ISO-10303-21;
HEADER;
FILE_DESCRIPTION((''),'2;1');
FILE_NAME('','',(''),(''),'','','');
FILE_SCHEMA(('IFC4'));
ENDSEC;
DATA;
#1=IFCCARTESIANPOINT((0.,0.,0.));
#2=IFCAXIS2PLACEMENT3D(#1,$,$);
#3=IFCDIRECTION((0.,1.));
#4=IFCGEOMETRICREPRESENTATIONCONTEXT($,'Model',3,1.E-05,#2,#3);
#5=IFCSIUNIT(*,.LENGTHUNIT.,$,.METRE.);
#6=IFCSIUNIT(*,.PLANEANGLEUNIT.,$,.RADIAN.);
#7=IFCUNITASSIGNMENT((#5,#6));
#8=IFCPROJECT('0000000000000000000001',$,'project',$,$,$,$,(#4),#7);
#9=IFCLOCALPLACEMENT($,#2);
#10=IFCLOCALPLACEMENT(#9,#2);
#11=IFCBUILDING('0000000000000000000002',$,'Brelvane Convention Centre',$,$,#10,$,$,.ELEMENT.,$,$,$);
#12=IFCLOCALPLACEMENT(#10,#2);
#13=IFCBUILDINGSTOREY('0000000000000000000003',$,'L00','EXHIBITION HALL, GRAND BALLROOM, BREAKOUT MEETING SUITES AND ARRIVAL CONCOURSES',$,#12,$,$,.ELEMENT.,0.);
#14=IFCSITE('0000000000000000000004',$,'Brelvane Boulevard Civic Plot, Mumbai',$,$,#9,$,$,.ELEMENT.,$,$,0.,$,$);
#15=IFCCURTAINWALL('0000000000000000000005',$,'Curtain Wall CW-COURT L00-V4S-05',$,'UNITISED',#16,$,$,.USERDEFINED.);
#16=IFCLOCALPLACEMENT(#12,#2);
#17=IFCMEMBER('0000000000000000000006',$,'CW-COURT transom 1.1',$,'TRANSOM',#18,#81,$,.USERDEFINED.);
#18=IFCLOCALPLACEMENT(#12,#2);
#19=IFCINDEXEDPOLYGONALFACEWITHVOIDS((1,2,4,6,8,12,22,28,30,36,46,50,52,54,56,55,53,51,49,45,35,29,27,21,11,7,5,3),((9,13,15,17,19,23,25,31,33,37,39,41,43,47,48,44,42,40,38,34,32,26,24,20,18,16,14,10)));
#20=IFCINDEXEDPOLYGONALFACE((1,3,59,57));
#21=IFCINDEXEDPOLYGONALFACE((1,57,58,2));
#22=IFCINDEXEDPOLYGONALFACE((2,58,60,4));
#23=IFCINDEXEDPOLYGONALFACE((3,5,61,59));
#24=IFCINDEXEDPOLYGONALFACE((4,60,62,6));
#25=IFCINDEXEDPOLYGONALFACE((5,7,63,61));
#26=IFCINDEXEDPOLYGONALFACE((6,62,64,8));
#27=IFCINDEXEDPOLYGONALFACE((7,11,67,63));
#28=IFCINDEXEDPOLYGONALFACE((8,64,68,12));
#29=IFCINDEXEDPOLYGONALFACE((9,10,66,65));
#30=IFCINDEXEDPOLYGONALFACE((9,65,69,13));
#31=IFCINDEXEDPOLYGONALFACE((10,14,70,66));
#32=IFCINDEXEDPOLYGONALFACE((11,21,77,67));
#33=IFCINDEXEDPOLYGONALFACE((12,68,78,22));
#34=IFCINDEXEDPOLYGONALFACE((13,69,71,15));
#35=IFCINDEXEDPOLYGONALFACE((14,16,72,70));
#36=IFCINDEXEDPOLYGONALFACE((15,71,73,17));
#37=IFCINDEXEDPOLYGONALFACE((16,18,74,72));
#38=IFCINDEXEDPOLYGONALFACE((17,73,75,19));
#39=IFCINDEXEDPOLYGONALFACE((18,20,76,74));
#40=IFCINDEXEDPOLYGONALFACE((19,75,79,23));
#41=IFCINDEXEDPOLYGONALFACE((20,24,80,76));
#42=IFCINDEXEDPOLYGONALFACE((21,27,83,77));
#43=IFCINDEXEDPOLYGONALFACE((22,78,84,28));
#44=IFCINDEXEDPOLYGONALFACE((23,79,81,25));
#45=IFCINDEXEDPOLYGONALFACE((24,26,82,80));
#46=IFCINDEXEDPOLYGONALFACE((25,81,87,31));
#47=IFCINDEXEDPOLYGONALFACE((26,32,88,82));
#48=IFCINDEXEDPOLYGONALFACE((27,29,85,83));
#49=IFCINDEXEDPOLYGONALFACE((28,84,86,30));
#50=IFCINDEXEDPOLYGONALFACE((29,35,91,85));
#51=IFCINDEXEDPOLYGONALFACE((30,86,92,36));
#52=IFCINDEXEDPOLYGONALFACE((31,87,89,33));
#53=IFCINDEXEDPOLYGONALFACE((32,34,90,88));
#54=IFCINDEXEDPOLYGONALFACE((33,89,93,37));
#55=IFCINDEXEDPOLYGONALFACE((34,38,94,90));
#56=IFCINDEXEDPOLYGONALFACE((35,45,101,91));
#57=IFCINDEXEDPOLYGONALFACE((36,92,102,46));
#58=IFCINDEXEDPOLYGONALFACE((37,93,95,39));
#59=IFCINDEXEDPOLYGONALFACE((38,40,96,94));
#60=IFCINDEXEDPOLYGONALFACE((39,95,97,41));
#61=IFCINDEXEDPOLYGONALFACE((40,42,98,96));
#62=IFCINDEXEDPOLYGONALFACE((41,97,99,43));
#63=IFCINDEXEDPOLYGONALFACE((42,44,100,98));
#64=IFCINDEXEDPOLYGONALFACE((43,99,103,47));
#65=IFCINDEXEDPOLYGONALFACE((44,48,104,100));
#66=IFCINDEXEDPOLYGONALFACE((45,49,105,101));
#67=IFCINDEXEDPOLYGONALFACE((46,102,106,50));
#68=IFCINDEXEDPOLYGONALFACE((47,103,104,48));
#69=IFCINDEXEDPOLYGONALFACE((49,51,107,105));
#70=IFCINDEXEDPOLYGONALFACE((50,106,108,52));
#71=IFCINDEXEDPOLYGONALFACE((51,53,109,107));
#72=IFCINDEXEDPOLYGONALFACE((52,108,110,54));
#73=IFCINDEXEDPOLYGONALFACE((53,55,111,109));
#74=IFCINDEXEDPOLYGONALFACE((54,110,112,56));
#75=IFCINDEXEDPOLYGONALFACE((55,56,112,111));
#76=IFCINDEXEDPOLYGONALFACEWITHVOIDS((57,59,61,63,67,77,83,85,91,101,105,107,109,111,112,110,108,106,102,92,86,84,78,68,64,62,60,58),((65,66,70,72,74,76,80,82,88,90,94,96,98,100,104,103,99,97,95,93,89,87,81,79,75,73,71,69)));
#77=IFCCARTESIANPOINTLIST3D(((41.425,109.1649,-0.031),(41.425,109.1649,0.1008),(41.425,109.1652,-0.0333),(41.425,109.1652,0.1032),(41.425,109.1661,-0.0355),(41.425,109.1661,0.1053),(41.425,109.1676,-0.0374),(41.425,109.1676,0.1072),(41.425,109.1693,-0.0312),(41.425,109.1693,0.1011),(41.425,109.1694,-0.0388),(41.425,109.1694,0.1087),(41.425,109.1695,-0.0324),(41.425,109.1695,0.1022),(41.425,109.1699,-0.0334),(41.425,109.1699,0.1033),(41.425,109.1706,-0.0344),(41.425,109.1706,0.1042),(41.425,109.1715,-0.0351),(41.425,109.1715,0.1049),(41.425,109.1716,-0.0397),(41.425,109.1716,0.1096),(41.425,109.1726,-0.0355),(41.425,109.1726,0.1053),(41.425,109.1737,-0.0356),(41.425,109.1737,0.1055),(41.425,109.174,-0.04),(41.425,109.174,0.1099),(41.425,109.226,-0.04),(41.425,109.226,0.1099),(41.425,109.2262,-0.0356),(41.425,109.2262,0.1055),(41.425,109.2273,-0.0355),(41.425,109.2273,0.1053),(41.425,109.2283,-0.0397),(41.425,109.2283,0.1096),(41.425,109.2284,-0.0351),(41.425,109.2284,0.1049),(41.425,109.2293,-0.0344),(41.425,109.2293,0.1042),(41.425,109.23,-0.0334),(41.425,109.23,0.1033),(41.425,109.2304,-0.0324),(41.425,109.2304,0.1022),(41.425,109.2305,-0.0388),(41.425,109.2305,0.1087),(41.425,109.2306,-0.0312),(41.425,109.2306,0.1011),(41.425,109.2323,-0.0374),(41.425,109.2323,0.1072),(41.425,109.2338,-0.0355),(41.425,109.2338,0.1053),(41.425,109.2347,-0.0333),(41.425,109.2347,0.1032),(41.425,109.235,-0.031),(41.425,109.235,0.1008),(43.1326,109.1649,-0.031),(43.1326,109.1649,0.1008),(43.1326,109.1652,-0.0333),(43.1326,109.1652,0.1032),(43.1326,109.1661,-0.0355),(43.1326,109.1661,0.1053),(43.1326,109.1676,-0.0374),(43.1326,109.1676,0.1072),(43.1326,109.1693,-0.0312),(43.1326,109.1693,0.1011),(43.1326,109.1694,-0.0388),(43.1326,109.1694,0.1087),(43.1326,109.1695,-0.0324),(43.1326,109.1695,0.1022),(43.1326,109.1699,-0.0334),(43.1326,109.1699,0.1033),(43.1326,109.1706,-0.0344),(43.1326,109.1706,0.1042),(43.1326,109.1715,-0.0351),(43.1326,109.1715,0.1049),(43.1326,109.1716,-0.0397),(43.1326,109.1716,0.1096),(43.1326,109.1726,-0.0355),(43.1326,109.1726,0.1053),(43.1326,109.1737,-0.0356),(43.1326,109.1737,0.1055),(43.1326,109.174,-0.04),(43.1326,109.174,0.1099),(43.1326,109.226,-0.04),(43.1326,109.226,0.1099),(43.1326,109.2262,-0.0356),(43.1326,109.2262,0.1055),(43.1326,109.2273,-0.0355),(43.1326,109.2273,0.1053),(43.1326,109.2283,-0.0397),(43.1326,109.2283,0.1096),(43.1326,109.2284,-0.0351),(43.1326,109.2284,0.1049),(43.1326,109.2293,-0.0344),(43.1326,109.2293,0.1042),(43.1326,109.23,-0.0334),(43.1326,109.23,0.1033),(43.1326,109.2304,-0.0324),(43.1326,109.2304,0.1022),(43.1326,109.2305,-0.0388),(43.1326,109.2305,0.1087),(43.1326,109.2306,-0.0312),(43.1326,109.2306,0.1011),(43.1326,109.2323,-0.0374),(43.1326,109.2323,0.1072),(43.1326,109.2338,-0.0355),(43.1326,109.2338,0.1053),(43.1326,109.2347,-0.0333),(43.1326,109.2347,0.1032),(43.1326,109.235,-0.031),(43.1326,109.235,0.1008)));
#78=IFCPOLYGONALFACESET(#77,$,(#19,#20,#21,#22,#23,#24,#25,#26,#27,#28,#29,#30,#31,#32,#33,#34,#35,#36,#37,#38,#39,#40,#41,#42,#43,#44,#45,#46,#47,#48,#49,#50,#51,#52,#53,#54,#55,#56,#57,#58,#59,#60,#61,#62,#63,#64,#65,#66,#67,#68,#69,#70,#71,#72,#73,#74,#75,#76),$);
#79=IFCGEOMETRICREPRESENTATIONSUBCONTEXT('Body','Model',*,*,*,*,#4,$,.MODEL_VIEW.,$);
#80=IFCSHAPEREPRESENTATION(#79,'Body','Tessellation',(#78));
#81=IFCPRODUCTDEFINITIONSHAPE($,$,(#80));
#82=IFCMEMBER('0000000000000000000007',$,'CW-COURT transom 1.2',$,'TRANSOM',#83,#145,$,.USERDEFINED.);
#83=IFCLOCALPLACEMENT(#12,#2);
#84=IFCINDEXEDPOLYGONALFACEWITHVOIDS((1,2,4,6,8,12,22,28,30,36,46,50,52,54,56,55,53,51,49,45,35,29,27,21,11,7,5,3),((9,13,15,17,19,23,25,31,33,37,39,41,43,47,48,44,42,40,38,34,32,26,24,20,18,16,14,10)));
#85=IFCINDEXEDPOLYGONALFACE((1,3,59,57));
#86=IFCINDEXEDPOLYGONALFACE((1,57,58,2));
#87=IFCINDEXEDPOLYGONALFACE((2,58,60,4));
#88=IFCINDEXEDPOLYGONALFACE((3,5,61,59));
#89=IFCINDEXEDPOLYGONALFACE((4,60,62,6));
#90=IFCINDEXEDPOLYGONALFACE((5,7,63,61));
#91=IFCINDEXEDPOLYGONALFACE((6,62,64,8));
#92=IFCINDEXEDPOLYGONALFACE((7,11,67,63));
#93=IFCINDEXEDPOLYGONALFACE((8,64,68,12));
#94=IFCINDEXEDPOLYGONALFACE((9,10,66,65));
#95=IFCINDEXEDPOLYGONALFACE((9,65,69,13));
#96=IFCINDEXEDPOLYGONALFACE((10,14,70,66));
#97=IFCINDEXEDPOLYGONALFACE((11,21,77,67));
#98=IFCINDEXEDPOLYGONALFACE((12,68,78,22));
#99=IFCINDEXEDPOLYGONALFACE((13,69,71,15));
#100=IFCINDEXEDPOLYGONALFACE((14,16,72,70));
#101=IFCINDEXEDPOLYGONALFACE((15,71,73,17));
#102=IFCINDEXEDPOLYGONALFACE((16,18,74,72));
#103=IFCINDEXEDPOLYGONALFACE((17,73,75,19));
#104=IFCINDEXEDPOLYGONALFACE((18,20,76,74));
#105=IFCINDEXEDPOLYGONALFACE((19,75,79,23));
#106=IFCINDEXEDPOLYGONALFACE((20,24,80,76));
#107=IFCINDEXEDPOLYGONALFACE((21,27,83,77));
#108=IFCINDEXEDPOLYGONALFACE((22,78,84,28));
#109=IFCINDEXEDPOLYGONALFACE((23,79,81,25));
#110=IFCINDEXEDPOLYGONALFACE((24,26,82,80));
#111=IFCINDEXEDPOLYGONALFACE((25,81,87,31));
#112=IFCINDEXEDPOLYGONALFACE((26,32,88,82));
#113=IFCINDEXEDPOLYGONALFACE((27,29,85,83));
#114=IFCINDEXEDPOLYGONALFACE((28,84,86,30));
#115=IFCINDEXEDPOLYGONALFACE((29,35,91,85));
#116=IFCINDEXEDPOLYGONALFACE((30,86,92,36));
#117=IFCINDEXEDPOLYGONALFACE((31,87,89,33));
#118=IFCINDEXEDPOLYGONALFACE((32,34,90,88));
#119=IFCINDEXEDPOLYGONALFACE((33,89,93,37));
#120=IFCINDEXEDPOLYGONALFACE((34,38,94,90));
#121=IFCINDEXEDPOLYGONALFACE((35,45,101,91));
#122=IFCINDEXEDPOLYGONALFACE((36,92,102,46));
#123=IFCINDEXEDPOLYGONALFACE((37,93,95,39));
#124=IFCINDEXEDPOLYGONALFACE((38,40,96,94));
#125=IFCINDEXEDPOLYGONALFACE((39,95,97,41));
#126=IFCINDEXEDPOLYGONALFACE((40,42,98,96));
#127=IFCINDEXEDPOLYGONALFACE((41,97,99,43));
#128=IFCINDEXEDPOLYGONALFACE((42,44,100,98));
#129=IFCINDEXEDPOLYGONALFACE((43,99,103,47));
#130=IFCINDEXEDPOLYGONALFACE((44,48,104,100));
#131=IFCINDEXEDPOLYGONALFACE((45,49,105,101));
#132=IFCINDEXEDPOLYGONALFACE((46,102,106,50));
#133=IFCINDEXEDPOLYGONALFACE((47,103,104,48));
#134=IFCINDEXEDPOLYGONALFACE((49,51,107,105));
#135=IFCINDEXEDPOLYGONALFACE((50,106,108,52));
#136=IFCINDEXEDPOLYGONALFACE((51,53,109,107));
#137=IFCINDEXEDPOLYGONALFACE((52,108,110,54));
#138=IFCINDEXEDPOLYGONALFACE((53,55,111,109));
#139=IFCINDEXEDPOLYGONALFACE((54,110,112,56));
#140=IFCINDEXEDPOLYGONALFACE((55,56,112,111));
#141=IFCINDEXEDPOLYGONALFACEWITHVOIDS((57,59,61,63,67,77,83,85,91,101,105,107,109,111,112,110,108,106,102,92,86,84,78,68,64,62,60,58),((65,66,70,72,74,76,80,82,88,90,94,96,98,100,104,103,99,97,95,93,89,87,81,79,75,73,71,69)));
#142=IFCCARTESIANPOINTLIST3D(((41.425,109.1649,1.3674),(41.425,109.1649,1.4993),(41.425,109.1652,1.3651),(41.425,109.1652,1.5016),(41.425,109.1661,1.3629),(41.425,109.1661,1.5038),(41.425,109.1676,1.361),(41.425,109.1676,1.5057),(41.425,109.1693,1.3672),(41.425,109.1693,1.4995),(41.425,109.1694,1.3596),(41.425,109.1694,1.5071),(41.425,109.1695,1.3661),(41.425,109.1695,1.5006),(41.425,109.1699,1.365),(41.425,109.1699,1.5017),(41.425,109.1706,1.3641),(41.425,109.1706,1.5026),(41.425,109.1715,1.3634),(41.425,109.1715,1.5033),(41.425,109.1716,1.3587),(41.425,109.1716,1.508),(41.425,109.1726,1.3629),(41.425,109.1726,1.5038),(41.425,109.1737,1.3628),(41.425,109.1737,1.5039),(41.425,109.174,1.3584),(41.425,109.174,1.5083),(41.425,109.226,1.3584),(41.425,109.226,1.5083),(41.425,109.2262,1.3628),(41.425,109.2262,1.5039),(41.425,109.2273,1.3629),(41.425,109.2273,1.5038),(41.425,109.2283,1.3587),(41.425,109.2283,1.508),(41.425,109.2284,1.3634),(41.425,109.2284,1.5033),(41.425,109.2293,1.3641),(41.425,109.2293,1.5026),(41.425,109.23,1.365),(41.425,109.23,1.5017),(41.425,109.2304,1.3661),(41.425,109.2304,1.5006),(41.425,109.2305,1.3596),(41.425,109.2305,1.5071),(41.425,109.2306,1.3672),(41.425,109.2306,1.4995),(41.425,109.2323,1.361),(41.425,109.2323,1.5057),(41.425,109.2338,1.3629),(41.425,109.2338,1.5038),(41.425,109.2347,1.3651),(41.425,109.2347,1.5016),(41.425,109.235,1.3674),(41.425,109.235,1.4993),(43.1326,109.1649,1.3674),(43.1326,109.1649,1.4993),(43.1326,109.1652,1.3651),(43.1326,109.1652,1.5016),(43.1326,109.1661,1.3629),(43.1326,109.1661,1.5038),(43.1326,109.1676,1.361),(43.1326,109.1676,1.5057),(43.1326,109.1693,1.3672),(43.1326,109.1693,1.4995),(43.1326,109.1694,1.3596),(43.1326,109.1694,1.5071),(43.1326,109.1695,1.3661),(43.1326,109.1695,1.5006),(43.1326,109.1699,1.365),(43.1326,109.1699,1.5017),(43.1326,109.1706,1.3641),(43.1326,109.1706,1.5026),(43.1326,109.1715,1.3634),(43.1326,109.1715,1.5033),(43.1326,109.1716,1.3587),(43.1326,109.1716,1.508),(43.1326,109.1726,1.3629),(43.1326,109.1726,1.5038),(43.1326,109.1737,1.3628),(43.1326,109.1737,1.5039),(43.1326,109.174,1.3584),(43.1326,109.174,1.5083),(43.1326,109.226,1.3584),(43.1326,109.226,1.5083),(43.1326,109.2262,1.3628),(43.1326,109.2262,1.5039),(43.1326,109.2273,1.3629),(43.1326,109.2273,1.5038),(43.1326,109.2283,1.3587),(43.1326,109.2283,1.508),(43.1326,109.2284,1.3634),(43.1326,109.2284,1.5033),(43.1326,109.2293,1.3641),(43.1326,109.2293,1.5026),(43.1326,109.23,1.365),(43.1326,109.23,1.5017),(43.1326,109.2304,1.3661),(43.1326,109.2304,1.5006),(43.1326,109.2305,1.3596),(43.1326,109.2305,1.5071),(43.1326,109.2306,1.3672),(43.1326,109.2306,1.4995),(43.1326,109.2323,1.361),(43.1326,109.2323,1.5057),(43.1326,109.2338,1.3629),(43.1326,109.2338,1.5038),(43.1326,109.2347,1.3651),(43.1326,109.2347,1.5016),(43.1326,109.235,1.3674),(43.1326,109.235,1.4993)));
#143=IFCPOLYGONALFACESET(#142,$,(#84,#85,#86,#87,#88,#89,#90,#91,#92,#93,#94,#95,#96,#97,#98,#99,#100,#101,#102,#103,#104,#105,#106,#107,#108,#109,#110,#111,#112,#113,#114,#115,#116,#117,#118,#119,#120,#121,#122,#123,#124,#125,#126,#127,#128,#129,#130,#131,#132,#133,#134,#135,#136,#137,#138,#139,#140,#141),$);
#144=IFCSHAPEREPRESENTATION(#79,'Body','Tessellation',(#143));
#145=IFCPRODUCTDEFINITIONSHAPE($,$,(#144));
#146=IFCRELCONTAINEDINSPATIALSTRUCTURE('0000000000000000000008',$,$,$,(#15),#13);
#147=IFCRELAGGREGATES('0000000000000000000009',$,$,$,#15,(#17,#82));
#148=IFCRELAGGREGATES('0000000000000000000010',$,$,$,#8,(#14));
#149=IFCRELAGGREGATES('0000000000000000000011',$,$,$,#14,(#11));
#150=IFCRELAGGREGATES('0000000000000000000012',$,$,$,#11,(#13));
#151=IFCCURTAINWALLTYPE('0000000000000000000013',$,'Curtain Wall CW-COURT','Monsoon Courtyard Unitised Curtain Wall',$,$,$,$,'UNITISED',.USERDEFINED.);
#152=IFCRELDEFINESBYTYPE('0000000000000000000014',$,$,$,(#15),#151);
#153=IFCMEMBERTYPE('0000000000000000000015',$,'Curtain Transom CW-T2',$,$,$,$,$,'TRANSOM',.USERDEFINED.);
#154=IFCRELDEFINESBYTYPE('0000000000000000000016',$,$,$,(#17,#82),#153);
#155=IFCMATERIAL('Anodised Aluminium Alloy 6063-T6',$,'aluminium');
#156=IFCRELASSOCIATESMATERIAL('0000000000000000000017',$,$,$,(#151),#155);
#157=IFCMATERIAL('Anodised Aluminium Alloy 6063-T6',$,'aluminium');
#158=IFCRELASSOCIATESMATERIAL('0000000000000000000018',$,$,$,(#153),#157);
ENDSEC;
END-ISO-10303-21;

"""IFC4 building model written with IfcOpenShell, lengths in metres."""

from ifc_helpers import new_model, si_unit, direction, frame, origin, origin_2d, place, context, subcontext, project, spatial, hollow_rectangle, extrude, material, material_profile, profile_set, type_object, element, aggregate, save


model = new_model("IFC4")

# Units and contexts
model_context = context("Model", 3, precision=1e-05, world=origin(), true_north=direction((0.0, 1.0)))
body_context = subcontext(model_context, "Body", "Model", "MODEL_VIEW")
ifc_project = project(units=[si_unit("LENGTHUNIT", "METRE"), si_unit("PLANEANGLEUNIT", "RADIAN")], contexts=[model_context])

# Site, building, storey
site_placement = place(None, origin())
site = spatial("IfcSite", under=ifc_project, at=site_placement, Name="Brelvane Boulevard Civic Plot, Mumbai", CompositionType="ELEMENT", RefElevation=0.0)
building_placement = place(site_placement, origin())
building = spatial("IfcBuilding", under=site, at=building_placement, Name="Brelvane Convention Centre", CompositionType="ELEMENT")
storey_placement = place(building_placement, origin())
storey = spatial("IfcBuildingStorey", under=building, at=storey_placement, Name="L00", Description="EXHIBITION HALL, GRAND BALLROOM, BREAKOUT MEETING SUITES AND ARRIVAL CONCOURSES", CompositionType="ELEMENT", Elevation=0.0)

# Curtain wall, members
ifc_material_1 = material(Name="Anodised Aluminium Alloy 6063-T6", Category="aluminium")
curtain_wall_type = type_object("IfcCurtainWallType", Name="Curtain Wall CW-COURT", Description="Monsoon Courtyard Unitised Curtain Wall", ElementType="UNITISED", PredefinedType="USERDEFINED", material=ifc_material_1)
curtain_wall_placement = place(storey_placement, origin())
curtain_wall = element("IfcCurtainWall", 1, at=curtain_wall_placement, inside=storey, type_object=curtain_wall_type, Name="Curtain Wall CW-COURT L00-V4S-05", ObjectType="UNITISED", PredefinedType="USERDEFINED")
ifc_material_2 = material(Name="Anodised Aluminium Alloy 6063-T6", Category="aluminium")
ifc_material_profile_1 = material_profile(ifc_material_2, hollow_rectangle(XDim=0.0701, YDim=0.1499, WallThickness=0.0044, InnerFilletRadius=0.0044, OuterFilletRadius=0.009, at=origin_2d()), Name="ALU-T 150x70x4.5")
ifc_profile_set_1 = profile_set([ifc_material_profile_1], Name="Anodised Aluminium Alloy 6063-T6")
member_type_1 = type_object("IfcMemberType", Name="Curtain Transom CW-T2", ElementType="TRANSOM", PredefinedType="USERDEFINED", material=ifc_profile_set_1)
member_1_placement = place(storey_placement, frame((41.425, 109.2, 0.0349), z_axis=(1.0, 0.0, 0.0), x_axis=(0.0, 1.0, 0.0)))
member_1 = element("IfcMember", 2, at=member_1_placement, type_object=member_type_1, Name="CW-COURT transom 1.1", ObjectType="TRANSOM", PredefinedType="USERDEFINED", context=body_context, shape_type="SweptSolid", body=[
    extrude(hollow_rectangle(XDim=0.0701, YDim=0.1499, WallThickness=0.0044, InnerFilletRadius=0.0044, OuterFilletRadius=0.009, at=origin_2d()), origin(), (0.0, 0.0, 1.0), 1.7075),
])
member_2_placement = place(storey_placement, frame((41.425, 109.2, 1.4333), z_axis=(1.0, 0.0, 0.0), x_axis=(0.0, 1.0, 0.0)))
member_2 = element("IfcMember", 3, at=member_2_placement, type_object=member_type_1, Name="CW-COURT transom 1.2", ObjectType="TRANSOM", PredefinedType="USERDEFINED", context=body_context, shape_type="SweptSolid", body=[
    extrude(hollow_rectangle(XDim=0.0701, YDim=0.1499, WallThickness=0.0044, InnerFilletRadius=0.0044, OuterFilletRadius=0.009, at=origin_2d()), origin(), (0.0, 0.0, 1.0), 1.7075),
])

aggregate(curtain_wall, [member_1, member_2])

save(model, "model.ifc")
